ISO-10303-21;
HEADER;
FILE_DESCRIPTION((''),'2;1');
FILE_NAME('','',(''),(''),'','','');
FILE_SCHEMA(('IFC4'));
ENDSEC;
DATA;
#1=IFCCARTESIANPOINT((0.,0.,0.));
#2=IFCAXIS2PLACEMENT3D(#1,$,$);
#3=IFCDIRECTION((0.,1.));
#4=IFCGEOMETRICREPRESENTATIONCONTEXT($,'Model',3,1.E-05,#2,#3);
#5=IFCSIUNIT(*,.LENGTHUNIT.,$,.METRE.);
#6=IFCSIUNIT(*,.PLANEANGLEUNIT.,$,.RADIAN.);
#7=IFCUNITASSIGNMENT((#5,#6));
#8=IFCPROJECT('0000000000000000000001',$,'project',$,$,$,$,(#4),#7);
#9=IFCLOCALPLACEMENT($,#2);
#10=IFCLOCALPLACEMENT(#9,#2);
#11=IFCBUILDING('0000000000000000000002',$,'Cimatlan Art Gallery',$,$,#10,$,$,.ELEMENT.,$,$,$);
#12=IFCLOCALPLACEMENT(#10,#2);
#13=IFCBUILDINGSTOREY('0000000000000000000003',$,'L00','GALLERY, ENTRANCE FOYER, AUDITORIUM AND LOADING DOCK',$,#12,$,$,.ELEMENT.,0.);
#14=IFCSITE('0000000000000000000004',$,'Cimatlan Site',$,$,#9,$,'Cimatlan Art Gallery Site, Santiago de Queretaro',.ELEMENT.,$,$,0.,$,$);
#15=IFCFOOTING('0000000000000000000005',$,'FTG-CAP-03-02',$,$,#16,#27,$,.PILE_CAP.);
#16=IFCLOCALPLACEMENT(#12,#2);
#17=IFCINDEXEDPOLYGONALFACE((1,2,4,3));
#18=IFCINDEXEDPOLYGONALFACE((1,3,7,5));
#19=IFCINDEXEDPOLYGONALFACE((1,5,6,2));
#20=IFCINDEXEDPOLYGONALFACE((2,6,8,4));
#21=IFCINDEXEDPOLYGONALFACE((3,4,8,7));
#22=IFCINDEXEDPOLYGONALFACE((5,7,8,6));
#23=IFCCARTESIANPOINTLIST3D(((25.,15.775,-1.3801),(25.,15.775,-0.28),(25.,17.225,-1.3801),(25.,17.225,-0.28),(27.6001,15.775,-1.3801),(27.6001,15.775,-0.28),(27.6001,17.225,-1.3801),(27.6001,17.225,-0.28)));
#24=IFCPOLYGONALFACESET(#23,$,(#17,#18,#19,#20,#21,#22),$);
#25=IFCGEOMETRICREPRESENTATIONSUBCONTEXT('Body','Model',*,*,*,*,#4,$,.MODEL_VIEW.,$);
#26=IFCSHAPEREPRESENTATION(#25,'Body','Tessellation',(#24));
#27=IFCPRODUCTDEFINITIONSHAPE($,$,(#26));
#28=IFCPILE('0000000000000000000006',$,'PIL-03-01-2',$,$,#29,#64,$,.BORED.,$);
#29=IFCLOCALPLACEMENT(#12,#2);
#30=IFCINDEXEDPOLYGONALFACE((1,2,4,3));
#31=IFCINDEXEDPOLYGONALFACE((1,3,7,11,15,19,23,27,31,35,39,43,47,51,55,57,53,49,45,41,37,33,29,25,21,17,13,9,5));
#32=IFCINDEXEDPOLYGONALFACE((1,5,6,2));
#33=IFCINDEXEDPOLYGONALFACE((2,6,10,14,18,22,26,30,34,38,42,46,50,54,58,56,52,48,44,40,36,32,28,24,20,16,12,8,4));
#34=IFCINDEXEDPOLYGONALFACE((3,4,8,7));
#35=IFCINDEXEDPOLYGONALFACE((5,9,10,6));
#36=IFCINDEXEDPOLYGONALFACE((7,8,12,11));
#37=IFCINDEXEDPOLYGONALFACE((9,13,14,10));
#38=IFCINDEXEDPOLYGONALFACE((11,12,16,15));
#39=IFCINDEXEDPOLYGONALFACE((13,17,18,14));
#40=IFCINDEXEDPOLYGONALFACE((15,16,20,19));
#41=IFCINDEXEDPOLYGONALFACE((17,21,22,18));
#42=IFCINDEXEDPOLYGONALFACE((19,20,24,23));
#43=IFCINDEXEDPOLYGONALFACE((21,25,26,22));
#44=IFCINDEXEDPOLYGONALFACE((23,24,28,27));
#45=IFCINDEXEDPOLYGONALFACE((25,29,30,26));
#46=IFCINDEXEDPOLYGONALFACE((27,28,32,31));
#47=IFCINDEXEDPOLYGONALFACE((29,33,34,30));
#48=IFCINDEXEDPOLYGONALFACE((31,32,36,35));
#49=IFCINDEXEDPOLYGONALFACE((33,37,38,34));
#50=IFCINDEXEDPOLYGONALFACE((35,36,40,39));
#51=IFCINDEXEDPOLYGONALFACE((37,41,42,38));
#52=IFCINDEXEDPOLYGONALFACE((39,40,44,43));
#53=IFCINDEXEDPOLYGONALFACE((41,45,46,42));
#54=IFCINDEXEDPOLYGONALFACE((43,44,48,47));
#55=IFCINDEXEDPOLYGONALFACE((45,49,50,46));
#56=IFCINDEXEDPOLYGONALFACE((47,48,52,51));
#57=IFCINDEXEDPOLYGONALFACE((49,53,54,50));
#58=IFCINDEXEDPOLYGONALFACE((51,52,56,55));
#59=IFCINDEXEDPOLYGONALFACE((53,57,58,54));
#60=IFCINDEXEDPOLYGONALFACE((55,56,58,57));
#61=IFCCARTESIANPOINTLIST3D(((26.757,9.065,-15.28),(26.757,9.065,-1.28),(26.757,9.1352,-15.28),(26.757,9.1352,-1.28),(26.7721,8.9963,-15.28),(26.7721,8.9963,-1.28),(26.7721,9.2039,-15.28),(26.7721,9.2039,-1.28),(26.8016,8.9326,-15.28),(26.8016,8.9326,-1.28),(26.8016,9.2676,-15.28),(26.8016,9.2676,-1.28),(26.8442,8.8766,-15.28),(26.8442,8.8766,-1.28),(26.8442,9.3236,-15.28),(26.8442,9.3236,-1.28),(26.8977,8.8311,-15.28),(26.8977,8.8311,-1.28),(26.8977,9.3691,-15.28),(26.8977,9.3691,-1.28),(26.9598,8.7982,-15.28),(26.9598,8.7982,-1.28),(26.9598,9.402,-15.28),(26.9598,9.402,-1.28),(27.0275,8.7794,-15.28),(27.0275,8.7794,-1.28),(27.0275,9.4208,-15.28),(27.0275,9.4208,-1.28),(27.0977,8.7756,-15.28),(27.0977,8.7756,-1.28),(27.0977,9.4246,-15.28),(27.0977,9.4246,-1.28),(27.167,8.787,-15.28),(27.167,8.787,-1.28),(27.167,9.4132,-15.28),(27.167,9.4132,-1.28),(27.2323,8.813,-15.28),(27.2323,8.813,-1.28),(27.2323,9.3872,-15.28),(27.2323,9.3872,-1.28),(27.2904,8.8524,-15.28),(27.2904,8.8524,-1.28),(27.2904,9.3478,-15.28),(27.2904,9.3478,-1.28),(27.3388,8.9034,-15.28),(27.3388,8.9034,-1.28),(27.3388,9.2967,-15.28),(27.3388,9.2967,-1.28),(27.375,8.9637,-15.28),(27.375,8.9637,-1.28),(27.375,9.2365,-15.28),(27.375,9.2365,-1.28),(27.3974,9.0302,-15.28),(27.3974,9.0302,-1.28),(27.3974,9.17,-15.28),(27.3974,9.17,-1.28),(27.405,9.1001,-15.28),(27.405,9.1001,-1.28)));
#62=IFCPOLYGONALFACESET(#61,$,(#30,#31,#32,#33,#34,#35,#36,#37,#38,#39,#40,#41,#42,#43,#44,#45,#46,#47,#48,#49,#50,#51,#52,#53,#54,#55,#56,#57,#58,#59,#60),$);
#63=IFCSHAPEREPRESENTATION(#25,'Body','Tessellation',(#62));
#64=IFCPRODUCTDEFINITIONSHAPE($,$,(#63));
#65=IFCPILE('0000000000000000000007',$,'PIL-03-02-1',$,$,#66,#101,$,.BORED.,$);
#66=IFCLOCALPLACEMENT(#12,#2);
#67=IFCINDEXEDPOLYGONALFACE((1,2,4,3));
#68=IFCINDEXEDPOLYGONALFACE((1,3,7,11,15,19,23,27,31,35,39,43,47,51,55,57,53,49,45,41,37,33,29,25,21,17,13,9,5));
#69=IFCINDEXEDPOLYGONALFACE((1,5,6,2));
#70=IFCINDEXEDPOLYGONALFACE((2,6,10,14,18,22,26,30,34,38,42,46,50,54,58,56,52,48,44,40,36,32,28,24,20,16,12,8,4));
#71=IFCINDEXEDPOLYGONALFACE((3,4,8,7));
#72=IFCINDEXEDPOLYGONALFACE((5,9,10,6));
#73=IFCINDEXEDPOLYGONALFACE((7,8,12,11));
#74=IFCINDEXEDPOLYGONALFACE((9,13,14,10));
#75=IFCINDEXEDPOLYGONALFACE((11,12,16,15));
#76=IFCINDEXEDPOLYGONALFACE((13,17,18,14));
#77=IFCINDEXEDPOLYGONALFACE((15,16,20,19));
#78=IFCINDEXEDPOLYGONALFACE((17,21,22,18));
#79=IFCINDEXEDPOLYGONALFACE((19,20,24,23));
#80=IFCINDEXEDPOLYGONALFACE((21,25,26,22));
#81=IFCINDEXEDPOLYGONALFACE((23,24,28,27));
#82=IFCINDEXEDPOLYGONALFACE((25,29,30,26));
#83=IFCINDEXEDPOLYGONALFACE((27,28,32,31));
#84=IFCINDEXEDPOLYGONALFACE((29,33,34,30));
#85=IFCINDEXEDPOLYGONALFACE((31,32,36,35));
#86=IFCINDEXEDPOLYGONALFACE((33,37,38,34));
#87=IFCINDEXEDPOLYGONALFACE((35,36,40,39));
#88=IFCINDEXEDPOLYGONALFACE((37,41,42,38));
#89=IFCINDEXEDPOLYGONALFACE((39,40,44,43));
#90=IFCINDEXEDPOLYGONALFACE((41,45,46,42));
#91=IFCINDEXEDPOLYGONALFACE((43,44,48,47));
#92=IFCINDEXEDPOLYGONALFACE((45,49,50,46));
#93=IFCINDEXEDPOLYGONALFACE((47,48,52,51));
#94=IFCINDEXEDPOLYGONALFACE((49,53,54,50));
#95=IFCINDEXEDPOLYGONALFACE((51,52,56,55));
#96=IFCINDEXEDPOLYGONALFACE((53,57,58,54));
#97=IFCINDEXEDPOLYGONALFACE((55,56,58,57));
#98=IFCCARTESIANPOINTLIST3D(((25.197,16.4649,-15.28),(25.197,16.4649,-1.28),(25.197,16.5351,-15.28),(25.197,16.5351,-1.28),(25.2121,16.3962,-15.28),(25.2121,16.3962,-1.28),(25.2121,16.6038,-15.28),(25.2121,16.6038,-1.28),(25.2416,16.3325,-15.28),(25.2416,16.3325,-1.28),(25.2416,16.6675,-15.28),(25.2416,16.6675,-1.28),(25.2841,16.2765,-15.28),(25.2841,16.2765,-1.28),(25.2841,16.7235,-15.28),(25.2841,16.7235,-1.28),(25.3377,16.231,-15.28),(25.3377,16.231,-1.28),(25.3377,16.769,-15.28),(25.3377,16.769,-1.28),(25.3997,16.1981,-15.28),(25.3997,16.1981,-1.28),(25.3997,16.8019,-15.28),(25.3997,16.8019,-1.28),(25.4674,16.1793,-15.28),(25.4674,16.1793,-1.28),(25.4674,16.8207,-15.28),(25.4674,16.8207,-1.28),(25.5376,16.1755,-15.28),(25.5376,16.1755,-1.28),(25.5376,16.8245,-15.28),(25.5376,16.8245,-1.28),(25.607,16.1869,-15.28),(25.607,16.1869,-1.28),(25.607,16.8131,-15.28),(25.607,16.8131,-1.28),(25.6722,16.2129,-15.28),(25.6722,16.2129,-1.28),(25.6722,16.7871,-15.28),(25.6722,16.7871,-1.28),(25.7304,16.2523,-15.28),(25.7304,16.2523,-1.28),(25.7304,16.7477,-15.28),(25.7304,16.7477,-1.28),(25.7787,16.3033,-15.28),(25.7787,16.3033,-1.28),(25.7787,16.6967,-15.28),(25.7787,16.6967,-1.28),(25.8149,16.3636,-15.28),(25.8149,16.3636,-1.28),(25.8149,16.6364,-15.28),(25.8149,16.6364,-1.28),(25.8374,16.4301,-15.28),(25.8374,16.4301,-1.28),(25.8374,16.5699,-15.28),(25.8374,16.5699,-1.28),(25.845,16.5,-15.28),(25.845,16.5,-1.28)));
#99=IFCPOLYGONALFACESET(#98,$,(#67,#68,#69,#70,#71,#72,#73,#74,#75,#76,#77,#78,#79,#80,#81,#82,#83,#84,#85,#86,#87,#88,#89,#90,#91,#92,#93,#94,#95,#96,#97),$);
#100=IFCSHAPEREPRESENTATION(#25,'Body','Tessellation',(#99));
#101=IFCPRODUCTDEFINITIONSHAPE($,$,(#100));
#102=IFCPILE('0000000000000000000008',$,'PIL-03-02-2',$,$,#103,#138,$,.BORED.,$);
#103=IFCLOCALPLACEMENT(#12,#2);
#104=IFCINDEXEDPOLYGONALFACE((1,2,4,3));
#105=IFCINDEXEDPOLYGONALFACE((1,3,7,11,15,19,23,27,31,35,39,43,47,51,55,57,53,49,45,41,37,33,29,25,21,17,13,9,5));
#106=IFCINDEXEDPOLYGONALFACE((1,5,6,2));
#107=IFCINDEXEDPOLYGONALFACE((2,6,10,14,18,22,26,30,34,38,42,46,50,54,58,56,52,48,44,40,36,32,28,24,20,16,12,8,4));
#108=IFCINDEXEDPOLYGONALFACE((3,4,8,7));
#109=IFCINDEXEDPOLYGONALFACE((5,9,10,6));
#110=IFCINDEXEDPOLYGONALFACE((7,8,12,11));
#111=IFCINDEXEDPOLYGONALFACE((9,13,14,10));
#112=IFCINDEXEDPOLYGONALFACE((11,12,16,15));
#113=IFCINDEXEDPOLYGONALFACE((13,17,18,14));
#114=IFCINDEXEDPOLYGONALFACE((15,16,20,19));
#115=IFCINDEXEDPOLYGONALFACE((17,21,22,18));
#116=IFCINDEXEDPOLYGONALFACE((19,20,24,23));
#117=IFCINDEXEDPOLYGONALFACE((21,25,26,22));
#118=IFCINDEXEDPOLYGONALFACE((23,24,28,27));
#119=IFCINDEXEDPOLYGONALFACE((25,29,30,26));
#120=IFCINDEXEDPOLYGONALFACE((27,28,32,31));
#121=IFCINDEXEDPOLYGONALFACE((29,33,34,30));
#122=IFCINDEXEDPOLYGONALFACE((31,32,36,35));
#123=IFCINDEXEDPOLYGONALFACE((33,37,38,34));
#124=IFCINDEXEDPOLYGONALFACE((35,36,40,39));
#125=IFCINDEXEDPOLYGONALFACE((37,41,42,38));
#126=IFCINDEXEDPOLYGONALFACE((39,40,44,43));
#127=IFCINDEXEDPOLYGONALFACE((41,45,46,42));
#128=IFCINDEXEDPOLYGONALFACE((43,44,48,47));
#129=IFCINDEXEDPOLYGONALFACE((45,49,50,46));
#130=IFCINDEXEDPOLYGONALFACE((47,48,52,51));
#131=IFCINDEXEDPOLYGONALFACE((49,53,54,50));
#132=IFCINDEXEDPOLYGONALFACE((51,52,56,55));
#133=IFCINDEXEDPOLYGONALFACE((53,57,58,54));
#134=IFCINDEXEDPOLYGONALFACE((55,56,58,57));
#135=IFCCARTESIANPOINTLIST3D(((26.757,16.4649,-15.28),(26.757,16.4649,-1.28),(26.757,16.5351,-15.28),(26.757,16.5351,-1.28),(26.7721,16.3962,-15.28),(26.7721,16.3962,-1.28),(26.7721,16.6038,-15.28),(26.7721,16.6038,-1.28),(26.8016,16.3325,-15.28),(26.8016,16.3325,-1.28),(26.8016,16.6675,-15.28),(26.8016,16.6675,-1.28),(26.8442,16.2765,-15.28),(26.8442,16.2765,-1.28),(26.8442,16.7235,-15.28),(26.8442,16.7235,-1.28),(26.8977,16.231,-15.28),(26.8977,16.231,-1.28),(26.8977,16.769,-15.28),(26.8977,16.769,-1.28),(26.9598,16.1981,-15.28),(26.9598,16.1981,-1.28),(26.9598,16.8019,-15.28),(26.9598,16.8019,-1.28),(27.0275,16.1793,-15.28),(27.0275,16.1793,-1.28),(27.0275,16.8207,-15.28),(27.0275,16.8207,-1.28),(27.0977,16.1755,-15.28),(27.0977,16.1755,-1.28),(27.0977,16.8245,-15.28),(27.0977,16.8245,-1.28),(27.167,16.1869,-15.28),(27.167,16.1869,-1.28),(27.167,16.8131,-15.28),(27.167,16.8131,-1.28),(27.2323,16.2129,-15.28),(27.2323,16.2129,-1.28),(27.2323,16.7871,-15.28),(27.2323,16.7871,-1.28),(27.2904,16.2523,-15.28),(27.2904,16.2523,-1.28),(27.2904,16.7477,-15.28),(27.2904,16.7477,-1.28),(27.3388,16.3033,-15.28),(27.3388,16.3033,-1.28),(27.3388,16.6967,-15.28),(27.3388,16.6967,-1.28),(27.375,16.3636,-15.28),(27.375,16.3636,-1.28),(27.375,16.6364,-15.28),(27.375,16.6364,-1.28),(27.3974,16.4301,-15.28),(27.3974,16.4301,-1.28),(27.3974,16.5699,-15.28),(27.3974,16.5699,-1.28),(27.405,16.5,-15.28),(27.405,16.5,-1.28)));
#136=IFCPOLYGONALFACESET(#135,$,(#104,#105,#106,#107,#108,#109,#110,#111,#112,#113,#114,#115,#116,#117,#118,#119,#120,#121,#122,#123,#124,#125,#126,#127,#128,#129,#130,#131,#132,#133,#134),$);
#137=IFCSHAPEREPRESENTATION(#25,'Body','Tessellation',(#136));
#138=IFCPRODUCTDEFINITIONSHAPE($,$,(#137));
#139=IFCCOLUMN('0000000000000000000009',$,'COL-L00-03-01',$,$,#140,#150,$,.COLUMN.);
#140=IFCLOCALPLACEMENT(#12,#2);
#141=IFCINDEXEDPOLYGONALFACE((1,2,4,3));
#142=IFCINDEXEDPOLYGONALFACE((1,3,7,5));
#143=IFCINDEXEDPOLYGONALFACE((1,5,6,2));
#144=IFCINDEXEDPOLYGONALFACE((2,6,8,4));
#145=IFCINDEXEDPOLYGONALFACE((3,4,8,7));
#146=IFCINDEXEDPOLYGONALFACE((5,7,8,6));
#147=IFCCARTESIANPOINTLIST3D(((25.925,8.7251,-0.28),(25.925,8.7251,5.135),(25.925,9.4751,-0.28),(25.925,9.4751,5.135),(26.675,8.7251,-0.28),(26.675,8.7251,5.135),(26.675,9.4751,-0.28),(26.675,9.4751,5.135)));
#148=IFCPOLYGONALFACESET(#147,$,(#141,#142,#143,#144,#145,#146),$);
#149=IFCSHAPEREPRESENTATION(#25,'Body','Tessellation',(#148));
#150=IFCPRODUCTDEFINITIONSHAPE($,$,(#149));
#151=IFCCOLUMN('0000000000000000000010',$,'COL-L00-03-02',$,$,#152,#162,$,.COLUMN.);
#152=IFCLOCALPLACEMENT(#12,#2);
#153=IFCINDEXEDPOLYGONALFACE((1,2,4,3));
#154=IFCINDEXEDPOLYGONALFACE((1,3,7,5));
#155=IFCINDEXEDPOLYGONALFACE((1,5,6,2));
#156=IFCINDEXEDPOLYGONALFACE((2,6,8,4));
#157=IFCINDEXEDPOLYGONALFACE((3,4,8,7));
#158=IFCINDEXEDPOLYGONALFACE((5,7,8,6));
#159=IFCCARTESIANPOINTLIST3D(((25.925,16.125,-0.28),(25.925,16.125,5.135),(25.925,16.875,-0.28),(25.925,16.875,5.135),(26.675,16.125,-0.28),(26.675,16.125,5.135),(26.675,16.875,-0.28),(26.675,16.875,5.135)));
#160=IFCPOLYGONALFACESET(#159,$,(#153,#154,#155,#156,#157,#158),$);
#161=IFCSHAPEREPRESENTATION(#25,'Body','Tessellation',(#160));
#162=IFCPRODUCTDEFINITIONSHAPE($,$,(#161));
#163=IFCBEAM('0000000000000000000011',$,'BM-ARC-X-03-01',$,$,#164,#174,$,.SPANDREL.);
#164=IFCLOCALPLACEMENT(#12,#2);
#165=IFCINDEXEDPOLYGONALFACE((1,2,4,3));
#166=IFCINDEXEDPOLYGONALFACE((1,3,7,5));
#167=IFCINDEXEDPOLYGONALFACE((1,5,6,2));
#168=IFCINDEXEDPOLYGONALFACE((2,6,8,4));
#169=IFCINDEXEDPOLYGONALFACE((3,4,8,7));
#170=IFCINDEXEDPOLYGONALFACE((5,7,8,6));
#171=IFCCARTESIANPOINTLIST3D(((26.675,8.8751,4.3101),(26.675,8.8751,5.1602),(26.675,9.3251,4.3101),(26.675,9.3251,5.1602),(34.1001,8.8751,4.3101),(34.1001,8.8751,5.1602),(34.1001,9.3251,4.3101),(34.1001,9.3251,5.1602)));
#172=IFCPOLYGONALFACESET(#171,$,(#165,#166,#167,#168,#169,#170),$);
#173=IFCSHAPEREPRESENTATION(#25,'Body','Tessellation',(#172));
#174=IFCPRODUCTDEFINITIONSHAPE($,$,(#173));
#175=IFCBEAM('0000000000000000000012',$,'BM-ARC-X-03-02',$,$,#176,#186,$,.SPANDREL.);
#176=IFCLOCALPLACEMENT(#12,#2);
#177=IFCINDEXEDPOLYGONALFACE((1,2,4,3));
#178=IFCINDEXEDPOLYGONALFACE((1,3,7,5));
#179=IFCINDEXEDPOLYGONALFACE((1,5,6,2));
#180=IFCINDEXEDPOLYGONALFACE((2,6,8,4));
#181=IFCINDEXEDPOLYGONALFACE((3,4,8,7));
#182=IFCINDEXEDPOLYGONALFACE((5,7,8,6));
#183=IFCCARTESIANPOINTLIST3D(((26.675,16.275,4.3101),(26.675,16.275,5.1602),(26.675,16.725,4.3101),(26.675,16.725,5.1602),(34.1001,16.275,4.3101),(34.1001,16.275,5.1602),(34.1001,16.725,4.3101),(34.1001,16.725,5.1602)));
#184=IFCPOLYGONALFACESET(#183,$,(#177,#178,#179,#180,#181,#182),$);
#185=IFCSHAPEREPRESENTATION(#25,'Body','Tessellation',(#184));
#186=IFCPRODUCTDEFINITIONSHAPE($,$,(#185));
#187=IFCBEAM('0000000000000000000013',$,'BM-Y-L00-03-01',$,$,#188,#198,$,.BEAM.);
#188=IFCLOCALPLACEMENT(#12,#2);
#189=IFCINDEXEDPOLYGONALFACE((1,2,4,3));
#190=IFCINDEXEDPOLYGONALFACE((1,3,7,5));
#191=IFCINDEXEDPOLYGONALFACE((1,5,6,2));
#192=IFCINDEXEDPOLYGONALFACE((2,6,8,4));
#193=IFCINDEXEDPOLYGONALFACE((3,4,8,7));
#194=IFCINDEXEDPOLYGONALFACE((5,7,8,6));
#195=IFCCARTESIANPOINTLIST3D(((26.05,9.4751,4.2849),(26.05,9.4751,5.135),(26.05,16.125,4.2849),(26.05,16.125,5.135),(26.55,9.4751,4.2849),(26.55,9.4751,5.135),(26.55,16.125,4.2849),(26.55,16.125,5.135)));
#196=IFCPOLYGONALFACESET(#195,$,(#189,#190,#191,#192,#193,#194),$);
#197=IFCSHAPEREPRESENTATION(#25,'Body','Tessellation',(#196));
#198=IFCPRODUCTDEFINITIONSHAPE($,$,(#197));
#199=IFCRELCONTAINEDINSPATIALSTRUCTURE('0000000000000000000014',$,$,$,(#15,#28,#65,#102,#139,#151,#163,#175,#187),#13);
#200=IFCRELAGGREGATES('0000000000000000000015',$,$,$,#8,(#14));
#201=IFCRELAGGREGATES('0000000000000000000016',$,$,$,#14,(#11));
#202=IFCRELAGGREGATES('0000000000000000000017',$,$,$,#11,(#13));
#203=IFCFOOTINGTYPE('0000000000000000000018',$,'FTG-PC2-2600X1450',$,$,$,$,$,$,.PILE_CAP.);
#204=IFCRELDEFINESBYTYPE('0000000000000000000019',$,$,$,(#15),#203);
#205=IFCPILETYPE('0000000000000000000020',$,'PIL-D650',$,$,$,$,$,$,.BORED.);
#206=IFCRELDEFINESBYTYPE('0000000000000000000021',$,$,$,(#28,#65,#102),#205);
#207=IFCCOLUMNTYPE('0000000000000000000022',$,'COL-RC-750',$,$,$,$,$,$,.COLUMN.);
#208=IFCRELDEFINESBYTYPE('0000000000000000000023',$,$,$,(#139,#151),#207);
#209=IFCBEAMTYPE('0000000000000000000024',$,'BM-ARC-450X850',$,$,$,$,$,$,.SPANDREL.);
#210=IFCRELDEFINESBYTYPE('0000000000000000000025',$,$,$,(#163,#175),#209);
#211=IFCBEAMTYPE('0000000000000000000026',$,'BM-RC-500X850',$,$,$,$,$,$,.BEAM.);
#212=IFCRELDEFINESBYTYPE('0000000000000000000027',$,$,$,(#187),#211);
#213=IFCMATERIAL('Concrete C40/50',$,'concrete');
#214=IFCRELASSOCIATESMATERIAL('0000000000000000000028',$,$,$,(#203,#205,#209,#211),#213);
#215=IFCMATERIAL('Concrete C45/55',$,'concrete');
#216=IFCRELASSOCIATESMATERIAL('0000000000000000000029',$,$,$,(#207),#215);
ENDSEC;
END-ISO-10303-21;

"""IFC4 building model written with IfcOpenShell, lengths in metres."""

from ifc_helpers import new_model, si_unit, direction, frame, origin, origin_2d, place, context, subcontext, project, spatial, rectangle, circle, extrude, material, material_profile, profile_set, type_object, element, save


model = new_model("IFC4")

# Units and contexts
model_context = context("Model", 3, precision=1e-05, world=origin(), true_north=direction((0.0, 1.0)))
body_context = subcontext(model_context, "Body", "Model", "MODEL_VIEW")
ifc_project = project(units=[si_unit("LENGTHUNIT", "METRE"), si_unit("PLANEANGLEUNIT", "RADIAN")], contexts=[model_context])

# Site, building, storey
site_placement = place(None, origin())
site = spatial("IfcSite", under=ifc_project, at=site_placement, Name="Cimatlan Site", LongName="Cimatlan Art Gallery Site, Santiago de Queretaro", CompositionType="ELEMENT", RefElevation=0.0)
building_placement = place(site_placement, origin())
building = spatial("IfcBuilding", under=site, at=building_placement, Name="Cimatlan Art Gallery", CompositionType="ELEMENT")
storey_placement = place(building_placement, origin())
storey = spatial("IfcBuildingStorey", under=building, at=storey_placement, Name="L00", Description="GALLERY, ENTRANCE FOYER, AUDITORIUM AND LOADING DOCK", CompositionType="ELEMENT", Elevation=0.0)

# Footing
ifc_material_1 = material(Name="Concrete C40/50", Category="concrete")
footing_type = type_object("IfcFootingType", Name="FTG-PC2-2600X1450", PredefinedType="PILE_CAP", material=ifc_material_1)
footing_placement = place(storey_placement, frame((26.3, 16.5, -1.3801), z_axis=(0.0, 0.0, 1.0), x_axis=(1.0, 0.0, 0.0)))
element("IfcFooting", 1, at=footing_placement, inside=storey, type_object=footing_type, Name="FTG-CAP-03-02", PredefinedType="PILE_CAP", context=body_context, shape_type="SweptSolid", body=[
    extrude(rectangle(XDim=2.6001, YDim=1.45, at=origin_2d()), origin(), (0.0, 0.0, 1.0), 1.1001),
])

# Piles
pile_type = type_object("IfcPileType", Name="PIL-D650", PredefinedType="BORED", material=ifc_material_1)
for number, where, z_axis, x_axis, name in (
    (2, (27.0801, 9.1001, -1.28), (0.0, 0.0, -1.0), (1.0, 0.0, 0.0), "PIL-03-01-2"),
    (3, (25.52, 16.5, -1.28), (0.0, 0.0, -1.0), (1.0, 0.0, 0.0), "PIL-03-02-1"),
    (4, (27.0801, 16.5, -1.28), (0.0, 0.0, -1.0), (1.0, 0.0, 0.0), "PIL-03-02-2"),
):
    element("IfcPile", number, at=place(storey_placement, frame(where, z_axis=z_axis, x_axis=x_axis)), inside=storey, type_object=pile_type, Name=name, PredefinedType="BORED", context=body_context, shape_type="SweptSolid", body=[
        extrude(circle(Radius=0.325, at=origin_2d()), origin(), (0.0, 0.0, 1.0), 14.0),
    ])

# Columns
ifc_material_2 = material(Name="Concrete C45/55", Category="concrete")
ifc_material_profile_1 = material_profile(ifc_material_2, rectangle(XDim=0.75, YDim=0.75, at=origin_2d()), Name="RC750X750")
ifc_profile_set_1 = profile_set([ifc_material_profile_1], Name="Concrete C45/55")
column_type = type_object("IfcColumnType", Name="COL-RC-750", PredefinedType="COLUMN", material=ifc_profile_set_1)
for number, where, z_axis, x_axis, name in (
    (5, (26.3, 9.1001, -0.28), (0.0, 0.0, 1.0), (1.0, 0.0, 0.0), "COL-L00-03-01"),
    (6, (26.3, 16.5, -0.28), (0.0, 0.0, 1.0), (1.0, 0.0, 0.0), "COL-L00-03-02"),
):
    element("IfcColumn", number, at=place(storey_placement, frame(where, z_axis=z_axis, x_axis=x_axis)), inside=storey, type_object=column_type, Name=name, PredefinedType="COLUMN", context=body_context, shape_type="SweptSolid", body=[
        extrude(rectangle(XDim=0.75, YDim=0.75, at=origin_2d()), origin(), (0.0, 0.0, 1.0), 5.415),
    ])

# Beams
ifc_material_profile_2 = material_profile(ifc_material_1, rectangle(XDim=0.45, YDim=0.8501, at=origin_2d()), Name="RC450X850")
ifc_profile_set_2 = profile_set([ifc_material_profile_2], Name="Concrete C40/50")
beam_type_1 = type_object("IfcBeamType", Name="BM-ARC-450X850", PredefinedType="SPANDREL", material=ifc_profile_set_2)
for number, where, z_axis, x_axis, name in (
    (7, (26.675, 9.1001, 4.7351), (1.0, 0.0, 0.0), (0.0, 1.0, 0.0), "BM-ARC-X-03-01"),
    (8, (26.675, 16.5, 4.7351), (1.0, 0.0, 0.0), (0.0, 1.0, 0.0), "BM-ARC-X-03-02"),
):
    element("IfcBeam", number, at=place(storey_placement, frame(where, z_axis=z_axis, x_axis=x_axis)), inside=storey, type_object=beam_type_1, Name=name, PredefinedType="SPANDREL", context=body_context, shape_type="SweptSolid", body=[
        extrude(rectangle(XDim=0.45, YDim=0.8501, at=origin_2d()), origin(), (0.0, 0.0, 1.0), 7.425),
    ])
ifc_material_profile_3 = material_profile(ifc_material_1, rectangle(XDim=0.5, YDim=0.8501, at=origin_2d()), Name="RC500X850")
ifc_profile_set_3 = profile_set([ifc_material_profile_3], Name="Concrete C40/50")
beam_type_2 = type_object("IfcBeamType", Name="BM-RC-500X850", PredefinedType="BEAM", material=ifc_profile_set_3)
for number, where, z_axis, x_axis, name in (
    (9, (26.3, 9.4751, 4.71), (0.0, 1.0, 0.0), (-1.0, 0.0, 0.0), "BM-Y-L00-03-01"),
):
    element("IfcBeam", number, at=place(storey_placement, frame(where, z_axis=z_axis, x_axis=x_axis)), inside=storey, type_object=beam_type_2, Name=name, PredefinedType="BEAM", context=body_context, shape_type="SweptSolid", body=[
        extrude(rectangle(XDim=0.5, YDim=0.8501, at=origin_2d()), origin(), (0.0, 0.0, 1.0), 6.6499),
    ])

save(model, "model.ifc")
